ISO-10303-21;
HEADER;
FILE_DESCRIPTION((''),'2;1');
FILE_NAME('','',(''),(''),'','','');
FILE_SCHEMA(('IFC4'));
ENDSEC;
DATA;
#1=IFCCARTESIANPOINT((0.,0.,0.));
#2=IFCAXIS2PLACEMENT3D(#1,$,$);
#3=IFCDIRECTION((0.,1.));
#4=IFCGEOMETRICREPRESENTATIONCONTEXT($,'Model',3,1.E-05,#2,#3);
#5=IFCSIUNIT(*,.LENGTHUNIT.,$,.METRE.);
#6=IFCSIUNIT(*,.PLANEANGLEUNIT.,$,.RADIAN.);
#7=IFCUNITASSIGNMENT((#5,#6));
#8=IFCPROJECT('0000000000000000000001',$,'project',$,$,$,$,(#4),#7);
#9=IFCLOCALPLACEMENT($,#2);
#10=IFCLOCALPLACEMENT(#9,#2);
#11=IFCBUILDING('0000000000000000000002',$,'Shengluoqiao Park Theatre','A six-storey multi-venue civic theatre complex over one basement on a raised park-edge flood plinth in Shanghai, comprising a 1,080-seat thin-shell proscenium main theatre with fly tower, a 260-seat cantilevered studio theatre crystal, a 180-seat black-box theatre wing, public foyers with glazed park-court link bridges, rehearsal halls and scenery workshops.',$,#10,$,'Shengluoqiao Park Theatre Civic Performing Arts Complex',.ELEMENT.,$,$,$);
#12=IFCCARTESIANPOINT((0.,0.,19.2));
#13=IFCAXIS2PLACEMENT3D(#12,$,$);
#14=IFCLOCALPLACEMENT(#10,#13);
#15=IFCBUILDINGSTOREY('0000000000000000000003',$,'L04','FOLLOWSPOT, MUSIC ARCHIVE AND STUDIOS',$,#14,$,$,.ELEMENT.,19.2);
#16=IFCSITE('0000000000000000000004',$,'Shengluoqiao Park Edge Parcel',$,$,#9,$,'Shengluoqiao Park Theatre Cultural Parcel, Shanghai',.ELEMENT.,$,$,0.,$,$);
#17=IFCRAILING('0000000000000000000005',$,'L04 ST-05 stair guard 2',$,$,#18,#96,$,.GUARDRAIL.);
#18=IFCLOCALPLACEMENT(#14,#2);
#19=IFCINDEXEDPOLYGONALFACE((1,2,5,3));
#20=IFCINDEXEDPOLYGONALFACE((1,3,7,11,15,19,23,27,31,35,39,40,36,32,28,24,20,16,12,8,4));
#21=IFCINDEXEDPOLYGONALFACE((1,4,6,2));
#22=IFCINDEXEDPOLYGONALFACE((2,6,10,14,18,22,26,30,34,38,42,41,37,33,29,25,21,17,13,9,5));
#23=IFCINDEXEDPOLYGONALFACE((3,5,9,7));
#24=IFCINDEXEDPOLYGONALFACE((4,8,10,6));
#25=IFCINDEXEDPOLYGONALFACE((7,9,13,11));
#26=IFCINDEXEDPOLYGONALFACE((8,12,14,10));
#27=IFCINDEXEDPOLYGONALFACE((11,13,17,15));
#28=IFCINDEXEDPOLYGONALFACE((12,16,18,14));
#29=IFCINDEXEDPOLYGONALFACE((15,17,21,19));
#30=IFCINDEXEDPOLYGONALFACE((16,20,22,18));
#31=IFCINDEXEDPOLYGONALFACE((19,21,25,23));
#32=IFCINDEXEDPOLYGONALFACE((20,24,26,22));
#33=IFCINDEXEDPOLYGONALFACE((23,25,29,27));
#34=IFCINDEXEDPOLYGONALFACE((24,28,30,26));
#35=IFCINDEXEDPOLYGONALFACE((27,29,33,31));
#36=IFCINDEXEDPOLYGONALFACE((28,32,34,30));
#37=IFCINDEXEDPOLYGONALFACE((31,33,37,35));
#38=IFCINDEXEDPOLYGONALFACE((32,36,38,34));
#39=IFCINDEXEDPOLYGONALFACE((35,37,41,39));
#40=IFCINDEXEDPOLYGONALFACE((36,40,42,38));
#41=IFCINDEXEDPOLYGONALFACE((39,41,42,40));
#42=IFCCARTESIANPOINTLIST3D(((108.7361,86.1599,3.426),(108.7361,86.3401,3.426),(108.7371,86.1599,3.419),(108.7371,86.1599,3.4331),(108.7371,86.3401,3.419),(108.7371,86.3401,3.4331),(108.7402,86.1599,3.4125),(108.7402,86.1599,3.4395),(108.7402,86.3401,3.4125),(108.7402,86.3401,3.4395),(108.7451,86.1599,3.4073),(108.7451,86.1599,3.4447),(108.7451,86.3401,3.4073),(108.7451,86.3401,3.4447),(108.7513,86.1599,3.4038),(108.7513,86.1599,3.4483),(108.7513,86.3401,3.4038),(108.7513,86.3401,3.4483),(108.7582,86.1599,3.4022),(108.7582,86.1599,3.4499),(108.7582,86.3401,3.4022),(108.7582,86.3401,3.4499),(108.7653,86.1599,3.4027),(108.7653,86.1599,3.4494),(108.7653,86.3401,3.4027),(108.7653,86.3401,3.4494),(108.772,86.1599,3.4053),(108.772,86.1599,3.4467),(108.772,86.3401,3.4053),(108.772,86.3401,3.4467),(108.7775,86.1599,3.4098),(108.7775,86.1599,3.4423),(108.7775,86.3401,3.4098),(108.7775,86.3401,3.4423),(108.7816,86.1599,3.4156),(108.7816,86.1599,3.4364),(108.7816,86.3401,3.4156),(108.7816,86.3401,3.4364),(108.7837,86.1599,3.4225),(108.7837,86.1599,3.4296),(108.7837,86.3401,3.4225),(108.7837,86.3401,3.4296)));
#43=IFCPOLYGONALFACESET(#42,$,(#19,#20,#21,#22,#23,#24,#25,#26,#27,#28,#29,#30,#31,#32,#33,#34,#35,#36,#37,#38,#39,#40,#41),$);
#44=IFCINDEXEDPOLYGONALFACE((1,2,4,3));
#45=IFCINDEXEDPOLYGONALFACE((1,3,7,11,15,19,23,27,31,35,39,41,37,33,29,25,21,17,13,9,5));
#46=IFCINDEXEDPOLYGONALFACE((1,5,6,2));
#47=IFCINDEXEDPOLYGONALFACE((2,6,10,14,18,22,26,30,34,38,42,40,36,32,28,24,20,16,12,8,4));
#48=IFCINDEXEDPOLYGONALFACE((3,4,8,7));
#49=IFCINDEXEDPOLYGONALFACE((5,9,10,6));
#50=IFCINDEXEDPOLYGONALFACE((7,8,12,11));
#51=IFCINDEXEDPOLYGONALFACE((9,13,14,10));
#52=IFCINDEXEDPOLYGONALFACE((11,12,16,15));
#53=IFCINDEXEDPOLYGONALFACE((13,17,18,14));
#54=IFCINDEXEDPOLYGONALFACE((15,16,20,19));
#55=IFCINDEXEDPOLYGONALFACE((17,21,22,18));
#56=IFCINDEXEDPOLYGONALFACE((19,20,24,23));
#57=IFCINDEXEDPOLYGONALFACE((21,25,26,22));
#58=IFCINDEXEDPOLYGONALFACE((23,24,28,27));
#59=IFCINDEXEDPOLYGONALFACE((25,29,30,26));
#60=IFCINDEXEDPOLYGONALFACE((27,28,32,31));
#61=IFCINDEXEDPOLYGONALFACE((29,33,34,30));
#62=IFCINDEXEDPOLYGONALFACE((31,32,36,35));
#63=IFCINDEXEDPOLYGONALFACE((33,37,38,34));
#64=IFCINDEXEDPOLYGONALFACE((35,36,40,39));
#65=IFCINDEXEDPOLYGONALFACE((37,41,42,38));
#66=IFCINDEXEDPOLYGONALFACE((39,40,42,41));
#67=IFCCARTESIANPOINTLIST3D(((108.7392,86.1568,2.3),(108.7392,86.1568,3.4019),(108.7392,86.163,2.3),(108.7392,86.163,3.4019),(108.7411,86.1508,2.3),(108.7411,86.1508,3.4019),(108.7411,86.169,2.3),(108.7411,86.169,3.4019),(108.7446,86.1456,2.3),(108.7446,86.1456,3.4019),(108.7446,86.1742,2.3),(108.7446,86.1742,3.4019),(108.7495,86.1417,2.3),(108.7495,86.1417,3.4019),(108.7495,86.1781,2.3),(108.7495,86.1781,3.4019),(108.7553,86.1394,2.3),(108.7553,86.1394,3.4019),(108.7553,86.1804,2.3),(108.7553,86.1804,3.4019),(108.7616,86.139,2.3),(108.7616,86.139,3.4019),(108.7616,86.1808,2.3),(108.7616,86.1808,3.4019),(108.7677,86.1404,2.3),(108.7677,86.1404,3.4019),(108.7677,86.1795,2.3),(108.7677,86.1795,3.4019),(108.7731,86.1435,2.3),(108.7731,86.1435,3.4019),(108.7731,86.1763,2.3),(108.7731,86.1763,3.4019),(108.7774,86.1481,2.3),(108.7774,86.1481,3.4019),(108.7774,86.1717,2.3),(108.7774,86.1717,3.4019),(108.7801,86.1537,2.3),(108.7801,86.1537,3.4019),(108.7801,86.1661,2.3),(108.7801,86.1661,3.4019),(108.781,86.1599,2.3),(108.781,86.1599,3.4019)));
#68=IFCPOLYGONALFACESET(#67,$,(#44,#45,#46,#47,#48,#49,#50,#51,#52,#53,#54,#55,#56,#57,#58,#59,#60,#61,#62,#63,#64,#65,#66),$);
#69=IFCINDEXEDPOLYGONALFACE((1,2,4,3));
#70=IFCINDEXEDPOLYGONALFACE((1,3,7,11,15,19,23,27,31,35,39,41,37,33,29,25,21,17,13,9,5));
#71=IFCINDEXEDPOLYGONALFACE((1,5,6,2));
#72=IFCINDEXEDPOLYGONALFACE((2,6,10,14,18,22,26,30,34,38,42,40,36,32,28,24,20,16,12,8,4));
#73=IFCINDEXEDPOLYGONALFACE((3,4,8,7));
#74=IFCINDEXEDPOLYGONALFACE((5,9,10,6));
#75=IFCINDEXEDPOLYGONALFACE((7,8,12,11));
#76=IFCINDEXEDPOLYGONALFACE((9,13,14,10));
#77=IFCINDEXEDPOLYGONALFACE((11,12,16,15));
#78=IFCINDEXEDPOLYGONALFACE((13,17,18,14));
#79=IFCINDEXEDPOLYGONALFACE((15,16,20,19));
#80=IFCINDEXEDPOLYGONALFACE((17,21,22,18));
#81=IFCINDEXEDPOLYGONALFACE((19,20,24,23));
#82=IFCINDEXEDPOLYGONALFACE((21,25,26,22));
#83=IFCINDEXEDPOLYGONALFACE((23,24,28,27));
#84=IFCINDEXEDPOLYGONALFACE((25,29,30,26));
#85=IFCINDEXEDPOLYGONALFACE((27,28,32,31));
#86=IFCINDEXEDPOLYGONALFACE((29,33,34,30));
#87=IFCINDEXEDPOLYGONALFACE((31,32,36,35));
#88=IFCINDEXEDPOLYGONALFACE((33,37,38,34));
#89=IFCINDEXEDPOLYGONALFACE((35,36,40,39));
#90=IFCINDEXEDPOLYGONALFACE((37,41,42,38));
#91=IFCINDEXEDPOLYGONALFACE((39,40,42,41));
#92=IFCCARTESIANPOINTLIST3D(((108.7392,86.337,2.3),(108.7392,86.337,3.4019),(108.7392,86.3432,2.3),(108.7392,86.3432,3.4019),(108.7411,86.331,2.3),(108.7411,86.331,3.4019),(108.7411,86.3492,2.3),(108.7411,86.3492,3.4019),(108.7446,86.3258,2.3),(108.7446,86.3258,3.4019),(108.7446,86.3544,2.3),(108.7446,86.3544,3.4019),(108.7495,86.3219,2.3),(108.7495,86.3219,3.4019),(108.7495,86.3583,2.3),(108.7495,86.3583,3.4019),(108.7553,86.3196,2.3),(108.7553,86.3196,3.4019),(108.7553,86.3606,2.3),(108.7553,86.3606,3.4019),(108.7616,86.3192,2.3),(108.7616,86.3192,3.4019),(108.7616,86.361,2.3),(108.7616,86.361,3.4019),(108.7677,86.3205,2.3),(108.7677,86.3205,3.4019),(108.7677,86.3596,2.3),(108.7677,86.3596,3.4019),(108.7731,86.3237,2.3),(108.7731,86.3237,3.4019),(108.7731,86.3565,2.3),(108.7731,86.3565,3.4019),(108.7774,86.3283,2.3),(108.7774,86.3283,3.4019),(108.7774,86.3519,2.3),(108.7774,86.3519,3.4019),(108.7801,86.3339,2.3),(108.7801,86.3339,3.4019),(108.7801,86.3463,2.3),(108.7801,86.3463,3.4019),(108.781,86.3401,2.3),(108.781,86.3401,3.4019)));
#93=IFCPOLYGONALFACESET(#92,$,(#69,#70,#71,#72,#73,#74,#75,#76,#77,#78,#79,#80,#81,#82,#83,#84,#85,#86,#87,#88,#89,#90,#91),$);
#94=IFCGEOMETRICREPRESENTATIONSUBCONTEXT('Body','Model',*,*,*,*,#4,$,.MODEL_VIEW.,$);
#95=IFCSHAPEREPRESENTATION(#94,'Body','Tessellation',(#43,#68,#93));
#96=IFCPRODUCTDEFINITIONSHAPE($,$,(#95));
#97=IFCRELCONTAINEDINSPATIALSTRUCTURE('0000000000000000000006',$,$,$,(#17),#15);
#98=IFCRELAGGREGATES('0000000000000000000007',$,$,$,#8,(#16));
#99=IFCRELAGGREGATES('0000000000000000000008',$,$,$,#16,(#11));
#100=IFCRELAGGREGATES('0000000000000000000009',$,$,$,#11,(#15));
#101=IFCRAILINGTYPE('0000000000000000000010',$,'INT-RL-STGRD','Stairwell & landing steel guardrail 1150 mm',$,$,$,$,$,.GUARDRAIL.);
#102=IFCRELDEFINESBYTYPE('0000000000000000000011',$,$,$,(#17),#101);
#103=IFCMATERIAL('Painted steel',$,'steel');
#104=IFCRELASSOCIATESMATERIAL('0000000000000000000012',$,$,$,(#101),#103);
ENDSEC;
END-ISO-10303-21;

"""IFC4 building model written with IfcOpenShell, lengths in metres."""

from ifc_helpers import new_model, si_unit, direction, frame, origin, origin_2d, place, context, subcontext, project, spatial, circle, extrude, material, type_object, element, save


model = new_model("IFC4")

# Units and contexts
model_context = context("Model", 3, precision=1e-05, world=origin(), true_north=direction((0.0, 1.0)))
body_context = subcontext(model_context, "Body", "Model", "MODEL_VIEW")
ifc_project = project(units=[si_unit("LENGTHUNIT", "METRE"), si_unit("PLANEANGLEUNIT", "RADIAN")], contexts=[model_context])

# Site, building, storey
site_placement = place(None, origin())
site = spatial("IfcSite", under=ifc_project, at=site_placement, Name="Shengluoqiao Park Edge Parcel", LongName="Shengluoqiao Park Theatre Cultural Parcel, Shanghai", CompositionType="ELEMENT", RefElevation=0.0)
building_placement = place(site_placement, origin())
building = spatial("IfcBuilding", under=site, at=building_placement, Name="Shengluoqiao Park Theatre", Description="A six-storey multi-venue civic theatre complex over one basement on a raised park-edge flood plinth in Shanghai, comprising a 1,080-seat thin-shell proscenium main theatre with fly tower, a 260-seat cantilevered studio theatre crystal, a 180-seat black-box theatre wing, public foyers with glazed park-court link bridges, rehearsal halls and scenery workshops.", LongName="Shengluoqiao Park Theatre Civic Performing Arts Complex", CompositionType="ELEMENT")
storey_placement = place(building_placement, frame((0.0, 0.0, 19.2)))
storey = spatial("IfcBuildingStorey", under=building, at=storey_placement, Name="L04", Description="FOLLOWSPOT, MUSIC ARCHIVE AND STUDIOS", CompositionType="ELEMENT", Elevation=19.2)

# Railing
ifc_material_1 = material(Name="Painted steel", Category="steel")
railing_type_1 = type_object("IfcRailingType", Name="INT-RL-STGRD", Description="Stairwell & landing steel guardrail 1150 mm", PredefinedType="GUARDRAIL", material=ifc_material_1)
railing_1_placement = place(storey_placement, frame((108.76, 86.1599, 2.3)))
element("IfcRailing", 1, at=railing_1_placement, inside=storey, type_object=railing_type_1, Name="L04 ST-05 stair guard 2", PredefinedType="GUARDRAIL", context=body_context, shape_type="SweptSolid", body=[
    extrude(circle(Radius=0.0239, at=origin_2d()), frame((0.0, 0.0, 1.126), z_axis=(0.0, 1.0, 0.0), x_axis=(-1.0, 0.0, 0.0)), (0.0, 0.0, 1.0), 0.1802),
    extrude(circle(Radius=0.021, at=origin_2d()), origin(), (0.0, 0.0, 1.0), 1.1018),
    extrude(circle(Radius=0.021, at=origin_2d()), frame((0.0, 0.1802, 0.0)), (0.0, 0.0, 1.0), 1.1018),
])

save(model, "model.ifc")
